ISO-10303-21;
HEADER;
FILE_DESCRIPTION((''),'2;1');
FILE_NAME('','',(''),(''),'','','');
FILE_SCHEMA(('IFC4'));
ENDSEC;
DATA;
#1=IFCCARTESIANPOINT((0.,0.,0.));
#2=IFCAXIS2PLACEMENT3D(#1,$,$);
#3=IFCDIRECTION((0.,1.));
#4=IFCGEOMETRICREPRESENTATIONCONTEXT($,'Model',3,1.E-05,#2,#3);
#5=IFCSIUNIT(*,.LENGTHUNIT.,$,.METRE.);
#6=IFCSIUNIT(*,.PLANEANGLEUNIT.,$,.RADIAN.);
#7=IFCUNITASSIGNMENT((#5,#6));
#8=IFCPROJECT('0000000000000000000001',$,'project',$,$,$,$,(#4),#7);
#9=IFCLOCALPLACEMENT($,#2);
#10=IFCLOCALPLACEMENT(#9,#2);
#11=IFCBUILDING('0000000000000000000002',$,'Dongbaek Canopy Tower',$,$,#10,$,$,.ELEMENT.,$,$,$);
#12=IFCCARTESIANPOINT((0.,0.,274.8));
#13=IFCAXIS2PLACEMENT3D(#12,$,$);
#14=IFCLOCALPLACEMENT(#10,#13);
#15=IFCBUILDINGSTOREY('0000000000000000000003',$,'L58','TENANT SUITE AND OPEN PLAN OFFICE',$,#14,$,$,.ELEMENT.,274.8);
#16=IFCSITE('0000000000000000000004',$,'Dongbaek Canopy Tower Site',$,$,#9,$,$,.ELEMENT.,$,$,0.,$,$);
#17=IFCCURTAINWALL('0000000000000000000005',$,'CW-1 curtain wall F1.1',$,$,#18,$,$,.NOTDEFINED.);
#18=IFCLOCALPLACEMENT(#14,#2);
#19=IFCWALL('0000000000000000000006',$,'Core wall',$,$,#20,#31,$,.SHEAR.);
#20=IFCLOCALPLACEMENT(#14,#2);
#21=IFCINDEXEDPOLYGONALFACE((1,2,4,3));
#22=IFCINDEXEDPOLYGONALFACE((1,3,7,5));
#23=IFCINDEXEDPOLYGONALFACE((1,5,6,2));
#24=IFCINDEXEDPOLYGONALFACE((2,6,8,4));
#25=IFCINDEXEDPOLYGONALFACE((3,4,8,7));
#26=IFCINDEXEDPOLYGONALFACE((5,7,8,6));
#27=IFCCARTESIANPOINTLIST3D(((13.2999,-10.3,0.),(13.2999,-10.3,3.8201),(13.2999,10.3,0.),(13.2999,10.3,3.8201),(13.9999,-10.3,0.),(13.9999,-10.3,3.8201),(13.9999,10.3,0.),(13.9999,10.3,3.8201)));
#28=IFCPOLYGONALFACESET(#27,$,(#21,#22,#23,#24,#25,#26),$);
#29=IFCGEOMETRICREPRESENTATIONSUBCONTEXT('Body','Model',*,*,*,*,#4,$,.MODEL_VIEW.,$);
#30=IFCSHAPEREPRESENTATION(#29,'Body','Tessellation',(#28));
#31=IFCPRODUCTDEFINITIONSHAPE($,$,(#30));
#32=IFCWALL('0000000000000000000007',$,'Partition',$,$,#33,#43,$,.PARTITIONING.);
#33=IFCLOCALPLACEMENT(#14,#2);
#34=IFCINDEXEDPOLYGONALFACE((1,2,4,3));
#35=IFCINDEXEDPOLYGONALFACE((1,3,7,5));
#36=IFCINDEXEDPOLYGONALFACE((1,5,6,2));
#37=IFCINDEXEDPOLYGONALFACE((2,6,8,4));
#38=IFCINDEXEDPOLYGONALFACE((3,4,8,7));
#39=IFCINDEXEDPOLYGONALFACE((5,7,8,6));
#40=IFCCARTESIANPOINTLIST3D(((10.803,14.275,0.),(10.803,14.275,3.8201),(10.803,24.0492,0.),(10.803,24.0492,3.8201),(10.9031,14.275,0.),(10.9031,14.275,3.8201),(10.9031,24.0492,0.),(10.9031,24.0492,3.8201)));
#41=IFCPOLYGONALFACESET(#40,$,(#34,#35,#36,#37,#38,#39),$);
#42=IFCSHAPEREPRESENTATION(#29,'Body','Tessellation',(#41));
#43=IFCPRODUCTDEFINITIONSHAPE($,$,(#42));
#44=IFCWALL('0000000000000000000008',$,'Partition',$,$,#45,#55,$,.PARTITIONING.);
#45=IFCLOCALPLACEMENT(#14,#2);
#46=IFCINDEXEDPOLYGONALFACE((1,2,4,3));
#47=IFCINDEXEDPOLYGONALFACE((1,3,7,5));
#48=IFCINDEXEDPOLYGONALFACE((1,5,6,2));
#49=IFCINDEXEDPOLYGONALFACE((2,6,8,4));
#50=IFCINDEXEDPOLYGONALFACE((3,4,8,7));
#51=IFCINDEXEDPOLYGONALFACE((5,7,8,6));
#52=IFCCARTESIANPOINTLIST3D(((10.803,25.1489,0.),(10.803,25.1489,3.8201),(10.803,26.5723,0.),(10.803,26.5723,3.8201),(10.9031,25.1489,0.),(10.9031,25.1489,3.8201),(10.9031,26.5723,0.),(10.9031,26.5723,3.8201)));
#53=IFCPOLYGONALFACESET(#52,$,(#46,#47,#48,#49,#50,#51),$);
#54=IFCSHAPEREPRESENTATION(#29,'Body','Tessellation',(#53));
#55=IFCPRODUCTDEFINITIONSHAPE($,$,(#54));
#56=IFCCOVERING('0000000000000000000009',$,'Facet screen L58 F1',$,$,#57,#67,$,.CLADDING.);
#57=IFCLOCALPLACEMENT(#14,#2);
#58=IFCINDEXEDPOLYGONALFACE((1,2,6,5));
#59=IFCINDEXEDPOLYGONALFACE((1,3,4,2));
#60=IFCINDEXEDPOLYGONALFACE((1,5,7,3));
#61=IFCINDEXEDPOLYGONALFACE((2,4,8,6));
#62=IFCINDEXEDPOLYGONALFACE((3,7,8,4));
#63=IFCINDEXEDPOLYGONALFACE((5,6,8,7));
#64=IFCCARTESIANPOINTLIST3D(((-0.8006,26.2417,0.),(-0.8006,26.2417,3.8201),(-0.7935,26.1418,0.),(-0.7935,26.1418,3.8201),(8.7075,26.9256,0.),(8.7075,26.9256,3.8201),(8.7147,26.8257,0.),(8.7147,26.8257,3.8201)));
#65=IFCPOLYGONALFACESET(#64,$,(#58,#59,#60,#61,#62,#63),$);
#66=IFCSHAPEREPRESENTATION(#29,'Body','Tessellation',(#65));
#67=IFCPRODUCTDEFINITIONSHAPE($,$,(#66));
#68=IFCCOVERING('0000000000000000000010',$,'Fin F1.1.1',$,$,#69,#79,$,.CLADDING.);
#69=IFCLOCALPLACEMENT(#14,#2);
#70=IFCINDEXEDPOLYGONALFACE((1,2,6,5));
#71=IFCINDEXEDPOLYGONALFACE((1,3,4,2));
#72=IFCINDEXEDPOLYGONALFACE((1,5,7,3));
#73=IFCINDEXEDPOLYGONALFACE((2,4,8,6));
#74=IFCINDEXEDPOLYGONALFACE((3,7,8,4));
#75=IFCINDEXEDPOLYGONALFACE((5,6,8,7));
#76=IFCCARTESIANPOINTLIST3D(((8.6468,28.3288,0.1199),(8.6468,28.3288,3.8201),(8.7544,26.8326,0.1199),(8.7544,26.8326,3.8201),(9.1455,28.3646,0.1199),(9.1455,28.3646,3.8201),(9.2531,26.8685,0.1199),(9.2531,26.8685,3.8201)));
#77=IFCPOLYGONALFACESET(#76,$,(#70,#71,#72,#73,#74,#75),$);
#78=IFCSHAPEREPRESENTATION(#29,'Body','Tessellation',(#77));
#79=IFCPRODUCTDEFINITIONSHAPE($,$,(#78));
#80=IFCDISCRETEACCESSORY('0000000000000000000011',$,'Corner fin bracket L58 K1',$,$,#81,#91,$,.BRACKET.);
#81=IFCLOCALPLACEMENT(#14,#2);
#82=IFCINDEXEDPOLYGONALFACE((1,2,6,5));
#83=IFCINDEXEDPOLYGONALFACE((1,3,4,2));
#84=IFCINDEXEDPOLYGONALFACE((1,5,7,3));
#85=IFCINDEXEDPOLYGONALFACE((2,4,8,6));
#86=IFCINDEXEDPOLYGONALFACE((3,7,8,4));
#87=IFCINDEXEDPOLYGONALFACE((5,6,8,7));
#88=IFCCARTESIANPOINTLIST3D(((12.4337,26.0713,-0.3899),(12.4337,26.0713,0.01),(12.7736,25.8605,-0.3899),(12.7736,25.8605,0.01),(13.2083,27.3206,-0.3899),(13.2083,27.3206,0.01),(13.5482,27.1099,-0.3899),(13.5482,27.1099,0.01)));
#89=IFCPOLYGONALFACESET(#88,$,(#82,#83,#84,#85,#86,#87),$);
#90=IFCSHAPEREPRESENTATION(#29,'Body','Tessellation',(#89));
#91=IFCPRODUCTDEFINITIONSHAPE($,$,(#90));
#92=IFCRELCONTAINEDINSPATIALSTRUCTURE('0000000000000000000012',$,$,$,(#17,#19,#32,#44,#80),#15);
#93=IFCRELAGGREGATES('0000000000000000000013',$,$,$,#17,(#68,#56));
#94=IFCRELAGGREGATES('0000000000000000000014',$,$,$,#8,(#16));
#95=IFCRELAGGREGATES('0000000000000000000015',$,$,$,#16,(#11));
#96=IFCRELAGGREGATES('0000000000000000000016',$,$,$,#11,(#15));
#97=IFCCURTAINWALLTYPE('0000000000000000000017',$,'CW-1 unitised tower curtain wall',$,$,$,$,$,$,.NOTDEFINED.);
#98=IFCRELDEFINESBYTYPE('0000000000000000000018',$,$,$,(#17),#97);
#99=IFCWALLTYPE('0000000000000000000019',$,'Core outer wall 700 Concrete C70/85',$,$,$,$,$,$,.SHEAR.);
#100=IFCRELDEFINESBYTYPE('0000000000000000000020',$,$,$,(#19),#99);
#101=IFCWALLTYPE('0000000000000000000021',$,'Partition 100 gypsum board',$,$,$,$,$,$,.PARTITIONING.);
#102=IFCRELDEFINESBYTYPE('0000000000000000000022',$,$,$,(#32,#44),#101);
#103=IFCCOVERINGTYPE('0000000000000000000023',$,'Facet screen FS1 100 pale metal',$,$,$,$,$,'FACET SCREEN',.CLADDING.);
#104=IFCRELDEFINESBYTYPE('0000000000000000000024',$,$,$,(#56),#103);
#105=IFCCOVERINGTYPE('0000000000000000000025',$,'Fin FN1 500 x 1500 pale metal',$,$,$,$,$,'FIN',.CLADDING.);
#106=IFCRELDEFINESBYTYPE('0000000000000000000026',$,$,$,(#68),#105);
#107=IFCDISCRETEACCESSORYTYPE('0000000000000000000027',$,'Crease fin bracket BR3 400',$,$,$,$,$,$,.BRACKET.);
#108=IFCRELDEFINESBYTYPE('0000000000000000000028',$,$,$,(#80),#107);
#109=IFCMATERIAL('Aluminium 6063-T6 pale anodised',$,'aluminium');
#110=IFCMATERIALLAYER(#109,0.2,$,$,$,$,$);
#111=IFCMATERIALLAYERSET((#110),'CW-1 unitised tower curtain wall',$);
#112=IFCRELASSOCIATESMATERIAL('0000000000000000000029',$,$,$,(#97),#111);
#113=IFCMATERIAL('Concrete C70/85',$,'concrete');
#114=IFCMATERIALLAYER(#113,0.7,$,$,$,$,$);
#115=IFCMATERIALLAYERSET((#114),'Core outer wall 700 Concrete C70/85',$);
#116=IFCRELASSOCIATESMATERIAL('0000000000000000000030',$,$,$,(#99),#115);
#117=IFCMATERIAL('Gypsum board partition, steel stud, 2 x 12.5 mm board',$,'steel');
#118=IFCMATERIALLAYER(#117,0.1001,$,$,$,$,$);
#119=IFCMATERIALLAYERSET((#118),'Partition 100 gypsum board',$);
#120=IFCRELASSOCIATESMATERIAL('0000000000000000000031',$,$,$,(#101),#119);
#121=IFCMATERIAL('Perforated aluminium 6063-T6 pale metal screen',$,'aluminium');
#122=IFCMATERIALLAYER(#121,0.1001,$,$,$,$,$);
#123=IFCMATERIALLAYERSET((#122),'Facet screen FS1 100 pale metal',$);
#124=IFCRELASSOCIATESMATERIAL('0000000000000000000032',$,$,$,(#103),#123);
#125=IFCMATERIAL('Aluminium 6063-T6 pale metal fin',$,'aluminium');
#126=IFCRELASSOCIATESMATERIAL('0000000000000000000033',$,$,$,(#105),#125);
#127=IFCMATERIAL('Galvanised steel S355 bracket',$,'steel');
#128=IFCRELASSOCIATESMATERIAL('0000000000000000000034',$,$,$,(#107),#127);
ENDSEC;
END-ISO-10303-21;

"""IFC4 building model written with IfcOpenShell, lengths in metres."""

from ifc_helpers import new_model, si_unit, direction, frame, frame_2d, origin, origin_2d, place, context, subcontext, project, spatial, rectangle, extrude, material, layer, layer_set, material_profile, profile_set, type_object, element, aggregate, save


model = new_model("IFC4")

# Units and contexts
model_context = context("Model", 3, precision=1e-05, world=origin(), true_north=direction((0.0, 1.0)))
body_context = subcontext(model_context, "Body", "Model", "MODEL_VIEW")
ifc_project = project(units=[si_unit("LENGTHUNIT", "METRE"), si_unit("PLANEANGLEUNIT", "RADIAN")], contexts=[model_context])

# Site, building, storey
site_placement = place(None, origin())
site = spatial("IfcSite", under=ifc_project, at=site_placement, Name="Dongbaek Canopy Tower Site", CompositionType="ELEMENT", RefElevation=0.0)
building_placement = place(site_placement, origin())
building = spatial("IfcBuilding", under=site, at=building_placement, Name="Dongbaek Canopy Tower", CompositionType="ELEMENT")
storey_placement = place(building_placement, frame((0.0, 0.0, 274.8)))
storey = spatial("IfcBuildingStorey", under=building, at=storey_placement, Name="L58", Description="TENANT SUITE AND OPEN PLAN OFFICE", CompositionType="ELEMENT", Elevation=274.8)

# Curtain wall
ifc_material_1 = material(Name="Aluminium 6063-T6 pale anodised", Category="aluminium")
ifc_layer_1 = layer(ifc_material_1, 0.2)
ifc_layer_set_1 = layer_set([ifc_layer_1], Name="CW-1 unitised tower curtain wall")
curtain_wall_type = type_object("IfcCurtainWallType", Name="CW-1 unitised tower curtain wall", PredefinedType="NOTDEFINED", material=ifc_layer_set_1)
curtain_wall_1_placement = place(storey_placement, origin())
curtain_wall_1 = element("IfcCurtainWall", 1, at=curtain_wall_1_placement, inside=storey, type_object=curtain_wall_type, Name="CW-1 curtain wall F1.1", PredefinedType="NOTDEFINED")

# Walls
ifc_material_2 = material(Name="Concrete C70/85", Category="concrete")
ifc_layer_2 = layer(ifc_material_2, 0.7)
ifc_layer_set_2 = layer_set([ifc_layer_2], Name="Core outer wall 700 Concrete C70/85")
wall_type_1 = type_object("IfcWallType", Name="Core outer wall 700 Concrete C70/85", PredefinedType="SHEAR", material=ifc_layer_set_2)
wall_1_placement = place(storey_placement, frame((13.6499, 10.3, 0.0), z_axis=(0.0, 0.0, 1.0), x_axis=(0.0, -1.0, 0.0)))
element("IfcWall", 2, at=wall_1_placement, inside=storey, type_object=wall_type_1, Name="Core wall", PredefinedType="SHEAR", context=body_context, shape_type="SweptSolid", body=[
    extrude(rectangle(XDim=20.6001, YDim=0.7, at=frame_2d((10.3, 0.0))), origin(), (0.0, 0.0, 1.0), 3.8201),
])
ifc_material_3 = material(Name="Gypsum board partition, steel stud, 2 x 12.5 mm board", Category="steel")
ifc_layer_3 = layer(ifc_material_3, 0.1001)
ifc_layer_set_3 = layer_set([ifc_layer_3], Name="Partition 100 gypsum board")
wall_type_2 = type_object("IfcWallType", Name="Partition 100 gypsum board", PredefinedType="PARTITIONING", material=ifc_layer_set_3)
wall_2_placement = place(storey_placement, frame((10.853, 14.2749, 0.0), z_axis=(0.0, 0.0, 1.0), x_axis=(0.0, 1.0, 0.0)))
element("IfcWall", 3, at=wall_2_placement, inside=storey, type_object=wall_type_2, Name="Partition", PredefinedType="PARTITIONING", context=body_context, shape_type="SweptSolid", body=[
    extrude(rectangle(XDim=9.7742, YDim=0.1001, at=frame_2d((4.8872, 0.0))), origin(), (0.0, 0.0, 1.0), 3.8201),
])
wall_3_placement = place(storey_placement, frame((10.853, 25.1489, 0.0), z_axis=(0.0, 0.0, 1.0), x_axis=(0.0, 1.0, 0.0)))
element("IfcWall", 4, at=wall_3_placement, inside=storey, type_object=wall_type_2, Name="Partition", PredefinedType="PARTITIONING", context=body_context, shape_type="SweptSolid", body=[
    extrude(rectangle(XDim=1.4233, YDim=0.1001, at=frame_2d((0.7117, 0.0))), origin(), (0.0, 0.0, 1.0), 3.8201),
])

# Coverings
ifc_material_4 = material(Name="Perforated aluminium 6063-T6 pale metal screen", Category="aluminium")
ifc_layer_4 = layer(ifc_material_4, 0.1001)
ifc_layer_set_4 = layer_set([ifc_layer_4], Name="Facet screen FS1 100 pale metal")
covering_type_1 = type_object("IfcCoveringType", Name="Facet screen FS1 100 pale metal", ElementType="FACET SCREEN", PredefinedType="CLADDING", material=ifc_layer_set_4)
covering_1_placement = place(storey_placement, frame((3.957, 26.5337, 0.0), z_axis=(0.0, 0.0, 1.0), x_axis=(-0.997423, -0.071745, 0.0)))
covering_1 = element("IfcCovering", 5, at=covering_1_placement, type_object=covering_type_1, Name="Facet screen L58 F1", PredefinedType="CLADDING", context=body_context, shape_type="SweptSolid", body=[
    extrude(rectangle(XDim=9.5327, YDim=0.1001, at=origin_2d()), origin(), (0.0, 0.0, 1.0), 3.8201),
])
ifc_material_5 = material(Name="Aluminium 6063-T6 pale metal fin", Category="aluminium")
ifc_material_profile_1 = material_profile(ifc_material_5, rectangle(XDim=1.5, YDim=0.5, at=origin_2d()), Name="Fin FN1 500 x 1500 pale metal")
ifc_profile_set_1 = profile_set([ifc_material_profile_1], Name="Aluminium 6063-T6 pale metal fin")
covering_type_2 = type_object("IfcCoveringType", Name="Fin FN1 500 x 1500 pale metal", ElementType="FIN", PredefinedType="CLADDING", material=ifc_profile_set_1)
covering_2_placement = place(storey_placement, frame((8.95, 27.5986, 0.1199), z_axis=(0.0, 0.0, 1.0), x_axis=(-0.071744, 0.997423, 0.0)))
covering_2 = element("IfcCovering", 6, at=covering_2_placement, type_object=covering_type_2, Name="Fin F1.1.1", PredefinedType="CLADDING", context=body_context, shape_type="SweptSolid", body=[
    extrude(rectangle(XDim=1.5, YDim=0.5, at=origin_2d()), origin(), (0.0, 0.0, 1.0), 3.7002),
])
aggregate(curtain_wall_1, [covering_2, covering_1])

# Discrete accessory
ifc_material_6 = material(Name="Galvanised steel S355 bracket", Category="steel")
discrete_accessory_type = type_object("IfcDiscreteAccessoryType", Name="Crease fin bracket BR3 400", PredefinedType="BRACKET", material=ifc_material_6)
discrete_accessory_placement = place(storey_placement, frame((12.991, 26.5906, -0.3899), z_axis=(0.0, 0.0, 1.0), x_axis=(0.526937, 0.849905, 0.0)))
element("IfcDiscreteAccessory", 7, at=discrete_accessory_placement, inside=storey, type_object=discrete_accessory_type, Name="Corner fin bracket L58 K1", PredefinedType="BRACKET", context=body_context, shape_type="SweptSolid", body=[
    extrude(rectangle(XDim=1.47, YDim=0.3999, at=origin_2d()), origin(), (0.0, 0.0, 1.0), 0.3999),
])

save(model, "model.ifc")
